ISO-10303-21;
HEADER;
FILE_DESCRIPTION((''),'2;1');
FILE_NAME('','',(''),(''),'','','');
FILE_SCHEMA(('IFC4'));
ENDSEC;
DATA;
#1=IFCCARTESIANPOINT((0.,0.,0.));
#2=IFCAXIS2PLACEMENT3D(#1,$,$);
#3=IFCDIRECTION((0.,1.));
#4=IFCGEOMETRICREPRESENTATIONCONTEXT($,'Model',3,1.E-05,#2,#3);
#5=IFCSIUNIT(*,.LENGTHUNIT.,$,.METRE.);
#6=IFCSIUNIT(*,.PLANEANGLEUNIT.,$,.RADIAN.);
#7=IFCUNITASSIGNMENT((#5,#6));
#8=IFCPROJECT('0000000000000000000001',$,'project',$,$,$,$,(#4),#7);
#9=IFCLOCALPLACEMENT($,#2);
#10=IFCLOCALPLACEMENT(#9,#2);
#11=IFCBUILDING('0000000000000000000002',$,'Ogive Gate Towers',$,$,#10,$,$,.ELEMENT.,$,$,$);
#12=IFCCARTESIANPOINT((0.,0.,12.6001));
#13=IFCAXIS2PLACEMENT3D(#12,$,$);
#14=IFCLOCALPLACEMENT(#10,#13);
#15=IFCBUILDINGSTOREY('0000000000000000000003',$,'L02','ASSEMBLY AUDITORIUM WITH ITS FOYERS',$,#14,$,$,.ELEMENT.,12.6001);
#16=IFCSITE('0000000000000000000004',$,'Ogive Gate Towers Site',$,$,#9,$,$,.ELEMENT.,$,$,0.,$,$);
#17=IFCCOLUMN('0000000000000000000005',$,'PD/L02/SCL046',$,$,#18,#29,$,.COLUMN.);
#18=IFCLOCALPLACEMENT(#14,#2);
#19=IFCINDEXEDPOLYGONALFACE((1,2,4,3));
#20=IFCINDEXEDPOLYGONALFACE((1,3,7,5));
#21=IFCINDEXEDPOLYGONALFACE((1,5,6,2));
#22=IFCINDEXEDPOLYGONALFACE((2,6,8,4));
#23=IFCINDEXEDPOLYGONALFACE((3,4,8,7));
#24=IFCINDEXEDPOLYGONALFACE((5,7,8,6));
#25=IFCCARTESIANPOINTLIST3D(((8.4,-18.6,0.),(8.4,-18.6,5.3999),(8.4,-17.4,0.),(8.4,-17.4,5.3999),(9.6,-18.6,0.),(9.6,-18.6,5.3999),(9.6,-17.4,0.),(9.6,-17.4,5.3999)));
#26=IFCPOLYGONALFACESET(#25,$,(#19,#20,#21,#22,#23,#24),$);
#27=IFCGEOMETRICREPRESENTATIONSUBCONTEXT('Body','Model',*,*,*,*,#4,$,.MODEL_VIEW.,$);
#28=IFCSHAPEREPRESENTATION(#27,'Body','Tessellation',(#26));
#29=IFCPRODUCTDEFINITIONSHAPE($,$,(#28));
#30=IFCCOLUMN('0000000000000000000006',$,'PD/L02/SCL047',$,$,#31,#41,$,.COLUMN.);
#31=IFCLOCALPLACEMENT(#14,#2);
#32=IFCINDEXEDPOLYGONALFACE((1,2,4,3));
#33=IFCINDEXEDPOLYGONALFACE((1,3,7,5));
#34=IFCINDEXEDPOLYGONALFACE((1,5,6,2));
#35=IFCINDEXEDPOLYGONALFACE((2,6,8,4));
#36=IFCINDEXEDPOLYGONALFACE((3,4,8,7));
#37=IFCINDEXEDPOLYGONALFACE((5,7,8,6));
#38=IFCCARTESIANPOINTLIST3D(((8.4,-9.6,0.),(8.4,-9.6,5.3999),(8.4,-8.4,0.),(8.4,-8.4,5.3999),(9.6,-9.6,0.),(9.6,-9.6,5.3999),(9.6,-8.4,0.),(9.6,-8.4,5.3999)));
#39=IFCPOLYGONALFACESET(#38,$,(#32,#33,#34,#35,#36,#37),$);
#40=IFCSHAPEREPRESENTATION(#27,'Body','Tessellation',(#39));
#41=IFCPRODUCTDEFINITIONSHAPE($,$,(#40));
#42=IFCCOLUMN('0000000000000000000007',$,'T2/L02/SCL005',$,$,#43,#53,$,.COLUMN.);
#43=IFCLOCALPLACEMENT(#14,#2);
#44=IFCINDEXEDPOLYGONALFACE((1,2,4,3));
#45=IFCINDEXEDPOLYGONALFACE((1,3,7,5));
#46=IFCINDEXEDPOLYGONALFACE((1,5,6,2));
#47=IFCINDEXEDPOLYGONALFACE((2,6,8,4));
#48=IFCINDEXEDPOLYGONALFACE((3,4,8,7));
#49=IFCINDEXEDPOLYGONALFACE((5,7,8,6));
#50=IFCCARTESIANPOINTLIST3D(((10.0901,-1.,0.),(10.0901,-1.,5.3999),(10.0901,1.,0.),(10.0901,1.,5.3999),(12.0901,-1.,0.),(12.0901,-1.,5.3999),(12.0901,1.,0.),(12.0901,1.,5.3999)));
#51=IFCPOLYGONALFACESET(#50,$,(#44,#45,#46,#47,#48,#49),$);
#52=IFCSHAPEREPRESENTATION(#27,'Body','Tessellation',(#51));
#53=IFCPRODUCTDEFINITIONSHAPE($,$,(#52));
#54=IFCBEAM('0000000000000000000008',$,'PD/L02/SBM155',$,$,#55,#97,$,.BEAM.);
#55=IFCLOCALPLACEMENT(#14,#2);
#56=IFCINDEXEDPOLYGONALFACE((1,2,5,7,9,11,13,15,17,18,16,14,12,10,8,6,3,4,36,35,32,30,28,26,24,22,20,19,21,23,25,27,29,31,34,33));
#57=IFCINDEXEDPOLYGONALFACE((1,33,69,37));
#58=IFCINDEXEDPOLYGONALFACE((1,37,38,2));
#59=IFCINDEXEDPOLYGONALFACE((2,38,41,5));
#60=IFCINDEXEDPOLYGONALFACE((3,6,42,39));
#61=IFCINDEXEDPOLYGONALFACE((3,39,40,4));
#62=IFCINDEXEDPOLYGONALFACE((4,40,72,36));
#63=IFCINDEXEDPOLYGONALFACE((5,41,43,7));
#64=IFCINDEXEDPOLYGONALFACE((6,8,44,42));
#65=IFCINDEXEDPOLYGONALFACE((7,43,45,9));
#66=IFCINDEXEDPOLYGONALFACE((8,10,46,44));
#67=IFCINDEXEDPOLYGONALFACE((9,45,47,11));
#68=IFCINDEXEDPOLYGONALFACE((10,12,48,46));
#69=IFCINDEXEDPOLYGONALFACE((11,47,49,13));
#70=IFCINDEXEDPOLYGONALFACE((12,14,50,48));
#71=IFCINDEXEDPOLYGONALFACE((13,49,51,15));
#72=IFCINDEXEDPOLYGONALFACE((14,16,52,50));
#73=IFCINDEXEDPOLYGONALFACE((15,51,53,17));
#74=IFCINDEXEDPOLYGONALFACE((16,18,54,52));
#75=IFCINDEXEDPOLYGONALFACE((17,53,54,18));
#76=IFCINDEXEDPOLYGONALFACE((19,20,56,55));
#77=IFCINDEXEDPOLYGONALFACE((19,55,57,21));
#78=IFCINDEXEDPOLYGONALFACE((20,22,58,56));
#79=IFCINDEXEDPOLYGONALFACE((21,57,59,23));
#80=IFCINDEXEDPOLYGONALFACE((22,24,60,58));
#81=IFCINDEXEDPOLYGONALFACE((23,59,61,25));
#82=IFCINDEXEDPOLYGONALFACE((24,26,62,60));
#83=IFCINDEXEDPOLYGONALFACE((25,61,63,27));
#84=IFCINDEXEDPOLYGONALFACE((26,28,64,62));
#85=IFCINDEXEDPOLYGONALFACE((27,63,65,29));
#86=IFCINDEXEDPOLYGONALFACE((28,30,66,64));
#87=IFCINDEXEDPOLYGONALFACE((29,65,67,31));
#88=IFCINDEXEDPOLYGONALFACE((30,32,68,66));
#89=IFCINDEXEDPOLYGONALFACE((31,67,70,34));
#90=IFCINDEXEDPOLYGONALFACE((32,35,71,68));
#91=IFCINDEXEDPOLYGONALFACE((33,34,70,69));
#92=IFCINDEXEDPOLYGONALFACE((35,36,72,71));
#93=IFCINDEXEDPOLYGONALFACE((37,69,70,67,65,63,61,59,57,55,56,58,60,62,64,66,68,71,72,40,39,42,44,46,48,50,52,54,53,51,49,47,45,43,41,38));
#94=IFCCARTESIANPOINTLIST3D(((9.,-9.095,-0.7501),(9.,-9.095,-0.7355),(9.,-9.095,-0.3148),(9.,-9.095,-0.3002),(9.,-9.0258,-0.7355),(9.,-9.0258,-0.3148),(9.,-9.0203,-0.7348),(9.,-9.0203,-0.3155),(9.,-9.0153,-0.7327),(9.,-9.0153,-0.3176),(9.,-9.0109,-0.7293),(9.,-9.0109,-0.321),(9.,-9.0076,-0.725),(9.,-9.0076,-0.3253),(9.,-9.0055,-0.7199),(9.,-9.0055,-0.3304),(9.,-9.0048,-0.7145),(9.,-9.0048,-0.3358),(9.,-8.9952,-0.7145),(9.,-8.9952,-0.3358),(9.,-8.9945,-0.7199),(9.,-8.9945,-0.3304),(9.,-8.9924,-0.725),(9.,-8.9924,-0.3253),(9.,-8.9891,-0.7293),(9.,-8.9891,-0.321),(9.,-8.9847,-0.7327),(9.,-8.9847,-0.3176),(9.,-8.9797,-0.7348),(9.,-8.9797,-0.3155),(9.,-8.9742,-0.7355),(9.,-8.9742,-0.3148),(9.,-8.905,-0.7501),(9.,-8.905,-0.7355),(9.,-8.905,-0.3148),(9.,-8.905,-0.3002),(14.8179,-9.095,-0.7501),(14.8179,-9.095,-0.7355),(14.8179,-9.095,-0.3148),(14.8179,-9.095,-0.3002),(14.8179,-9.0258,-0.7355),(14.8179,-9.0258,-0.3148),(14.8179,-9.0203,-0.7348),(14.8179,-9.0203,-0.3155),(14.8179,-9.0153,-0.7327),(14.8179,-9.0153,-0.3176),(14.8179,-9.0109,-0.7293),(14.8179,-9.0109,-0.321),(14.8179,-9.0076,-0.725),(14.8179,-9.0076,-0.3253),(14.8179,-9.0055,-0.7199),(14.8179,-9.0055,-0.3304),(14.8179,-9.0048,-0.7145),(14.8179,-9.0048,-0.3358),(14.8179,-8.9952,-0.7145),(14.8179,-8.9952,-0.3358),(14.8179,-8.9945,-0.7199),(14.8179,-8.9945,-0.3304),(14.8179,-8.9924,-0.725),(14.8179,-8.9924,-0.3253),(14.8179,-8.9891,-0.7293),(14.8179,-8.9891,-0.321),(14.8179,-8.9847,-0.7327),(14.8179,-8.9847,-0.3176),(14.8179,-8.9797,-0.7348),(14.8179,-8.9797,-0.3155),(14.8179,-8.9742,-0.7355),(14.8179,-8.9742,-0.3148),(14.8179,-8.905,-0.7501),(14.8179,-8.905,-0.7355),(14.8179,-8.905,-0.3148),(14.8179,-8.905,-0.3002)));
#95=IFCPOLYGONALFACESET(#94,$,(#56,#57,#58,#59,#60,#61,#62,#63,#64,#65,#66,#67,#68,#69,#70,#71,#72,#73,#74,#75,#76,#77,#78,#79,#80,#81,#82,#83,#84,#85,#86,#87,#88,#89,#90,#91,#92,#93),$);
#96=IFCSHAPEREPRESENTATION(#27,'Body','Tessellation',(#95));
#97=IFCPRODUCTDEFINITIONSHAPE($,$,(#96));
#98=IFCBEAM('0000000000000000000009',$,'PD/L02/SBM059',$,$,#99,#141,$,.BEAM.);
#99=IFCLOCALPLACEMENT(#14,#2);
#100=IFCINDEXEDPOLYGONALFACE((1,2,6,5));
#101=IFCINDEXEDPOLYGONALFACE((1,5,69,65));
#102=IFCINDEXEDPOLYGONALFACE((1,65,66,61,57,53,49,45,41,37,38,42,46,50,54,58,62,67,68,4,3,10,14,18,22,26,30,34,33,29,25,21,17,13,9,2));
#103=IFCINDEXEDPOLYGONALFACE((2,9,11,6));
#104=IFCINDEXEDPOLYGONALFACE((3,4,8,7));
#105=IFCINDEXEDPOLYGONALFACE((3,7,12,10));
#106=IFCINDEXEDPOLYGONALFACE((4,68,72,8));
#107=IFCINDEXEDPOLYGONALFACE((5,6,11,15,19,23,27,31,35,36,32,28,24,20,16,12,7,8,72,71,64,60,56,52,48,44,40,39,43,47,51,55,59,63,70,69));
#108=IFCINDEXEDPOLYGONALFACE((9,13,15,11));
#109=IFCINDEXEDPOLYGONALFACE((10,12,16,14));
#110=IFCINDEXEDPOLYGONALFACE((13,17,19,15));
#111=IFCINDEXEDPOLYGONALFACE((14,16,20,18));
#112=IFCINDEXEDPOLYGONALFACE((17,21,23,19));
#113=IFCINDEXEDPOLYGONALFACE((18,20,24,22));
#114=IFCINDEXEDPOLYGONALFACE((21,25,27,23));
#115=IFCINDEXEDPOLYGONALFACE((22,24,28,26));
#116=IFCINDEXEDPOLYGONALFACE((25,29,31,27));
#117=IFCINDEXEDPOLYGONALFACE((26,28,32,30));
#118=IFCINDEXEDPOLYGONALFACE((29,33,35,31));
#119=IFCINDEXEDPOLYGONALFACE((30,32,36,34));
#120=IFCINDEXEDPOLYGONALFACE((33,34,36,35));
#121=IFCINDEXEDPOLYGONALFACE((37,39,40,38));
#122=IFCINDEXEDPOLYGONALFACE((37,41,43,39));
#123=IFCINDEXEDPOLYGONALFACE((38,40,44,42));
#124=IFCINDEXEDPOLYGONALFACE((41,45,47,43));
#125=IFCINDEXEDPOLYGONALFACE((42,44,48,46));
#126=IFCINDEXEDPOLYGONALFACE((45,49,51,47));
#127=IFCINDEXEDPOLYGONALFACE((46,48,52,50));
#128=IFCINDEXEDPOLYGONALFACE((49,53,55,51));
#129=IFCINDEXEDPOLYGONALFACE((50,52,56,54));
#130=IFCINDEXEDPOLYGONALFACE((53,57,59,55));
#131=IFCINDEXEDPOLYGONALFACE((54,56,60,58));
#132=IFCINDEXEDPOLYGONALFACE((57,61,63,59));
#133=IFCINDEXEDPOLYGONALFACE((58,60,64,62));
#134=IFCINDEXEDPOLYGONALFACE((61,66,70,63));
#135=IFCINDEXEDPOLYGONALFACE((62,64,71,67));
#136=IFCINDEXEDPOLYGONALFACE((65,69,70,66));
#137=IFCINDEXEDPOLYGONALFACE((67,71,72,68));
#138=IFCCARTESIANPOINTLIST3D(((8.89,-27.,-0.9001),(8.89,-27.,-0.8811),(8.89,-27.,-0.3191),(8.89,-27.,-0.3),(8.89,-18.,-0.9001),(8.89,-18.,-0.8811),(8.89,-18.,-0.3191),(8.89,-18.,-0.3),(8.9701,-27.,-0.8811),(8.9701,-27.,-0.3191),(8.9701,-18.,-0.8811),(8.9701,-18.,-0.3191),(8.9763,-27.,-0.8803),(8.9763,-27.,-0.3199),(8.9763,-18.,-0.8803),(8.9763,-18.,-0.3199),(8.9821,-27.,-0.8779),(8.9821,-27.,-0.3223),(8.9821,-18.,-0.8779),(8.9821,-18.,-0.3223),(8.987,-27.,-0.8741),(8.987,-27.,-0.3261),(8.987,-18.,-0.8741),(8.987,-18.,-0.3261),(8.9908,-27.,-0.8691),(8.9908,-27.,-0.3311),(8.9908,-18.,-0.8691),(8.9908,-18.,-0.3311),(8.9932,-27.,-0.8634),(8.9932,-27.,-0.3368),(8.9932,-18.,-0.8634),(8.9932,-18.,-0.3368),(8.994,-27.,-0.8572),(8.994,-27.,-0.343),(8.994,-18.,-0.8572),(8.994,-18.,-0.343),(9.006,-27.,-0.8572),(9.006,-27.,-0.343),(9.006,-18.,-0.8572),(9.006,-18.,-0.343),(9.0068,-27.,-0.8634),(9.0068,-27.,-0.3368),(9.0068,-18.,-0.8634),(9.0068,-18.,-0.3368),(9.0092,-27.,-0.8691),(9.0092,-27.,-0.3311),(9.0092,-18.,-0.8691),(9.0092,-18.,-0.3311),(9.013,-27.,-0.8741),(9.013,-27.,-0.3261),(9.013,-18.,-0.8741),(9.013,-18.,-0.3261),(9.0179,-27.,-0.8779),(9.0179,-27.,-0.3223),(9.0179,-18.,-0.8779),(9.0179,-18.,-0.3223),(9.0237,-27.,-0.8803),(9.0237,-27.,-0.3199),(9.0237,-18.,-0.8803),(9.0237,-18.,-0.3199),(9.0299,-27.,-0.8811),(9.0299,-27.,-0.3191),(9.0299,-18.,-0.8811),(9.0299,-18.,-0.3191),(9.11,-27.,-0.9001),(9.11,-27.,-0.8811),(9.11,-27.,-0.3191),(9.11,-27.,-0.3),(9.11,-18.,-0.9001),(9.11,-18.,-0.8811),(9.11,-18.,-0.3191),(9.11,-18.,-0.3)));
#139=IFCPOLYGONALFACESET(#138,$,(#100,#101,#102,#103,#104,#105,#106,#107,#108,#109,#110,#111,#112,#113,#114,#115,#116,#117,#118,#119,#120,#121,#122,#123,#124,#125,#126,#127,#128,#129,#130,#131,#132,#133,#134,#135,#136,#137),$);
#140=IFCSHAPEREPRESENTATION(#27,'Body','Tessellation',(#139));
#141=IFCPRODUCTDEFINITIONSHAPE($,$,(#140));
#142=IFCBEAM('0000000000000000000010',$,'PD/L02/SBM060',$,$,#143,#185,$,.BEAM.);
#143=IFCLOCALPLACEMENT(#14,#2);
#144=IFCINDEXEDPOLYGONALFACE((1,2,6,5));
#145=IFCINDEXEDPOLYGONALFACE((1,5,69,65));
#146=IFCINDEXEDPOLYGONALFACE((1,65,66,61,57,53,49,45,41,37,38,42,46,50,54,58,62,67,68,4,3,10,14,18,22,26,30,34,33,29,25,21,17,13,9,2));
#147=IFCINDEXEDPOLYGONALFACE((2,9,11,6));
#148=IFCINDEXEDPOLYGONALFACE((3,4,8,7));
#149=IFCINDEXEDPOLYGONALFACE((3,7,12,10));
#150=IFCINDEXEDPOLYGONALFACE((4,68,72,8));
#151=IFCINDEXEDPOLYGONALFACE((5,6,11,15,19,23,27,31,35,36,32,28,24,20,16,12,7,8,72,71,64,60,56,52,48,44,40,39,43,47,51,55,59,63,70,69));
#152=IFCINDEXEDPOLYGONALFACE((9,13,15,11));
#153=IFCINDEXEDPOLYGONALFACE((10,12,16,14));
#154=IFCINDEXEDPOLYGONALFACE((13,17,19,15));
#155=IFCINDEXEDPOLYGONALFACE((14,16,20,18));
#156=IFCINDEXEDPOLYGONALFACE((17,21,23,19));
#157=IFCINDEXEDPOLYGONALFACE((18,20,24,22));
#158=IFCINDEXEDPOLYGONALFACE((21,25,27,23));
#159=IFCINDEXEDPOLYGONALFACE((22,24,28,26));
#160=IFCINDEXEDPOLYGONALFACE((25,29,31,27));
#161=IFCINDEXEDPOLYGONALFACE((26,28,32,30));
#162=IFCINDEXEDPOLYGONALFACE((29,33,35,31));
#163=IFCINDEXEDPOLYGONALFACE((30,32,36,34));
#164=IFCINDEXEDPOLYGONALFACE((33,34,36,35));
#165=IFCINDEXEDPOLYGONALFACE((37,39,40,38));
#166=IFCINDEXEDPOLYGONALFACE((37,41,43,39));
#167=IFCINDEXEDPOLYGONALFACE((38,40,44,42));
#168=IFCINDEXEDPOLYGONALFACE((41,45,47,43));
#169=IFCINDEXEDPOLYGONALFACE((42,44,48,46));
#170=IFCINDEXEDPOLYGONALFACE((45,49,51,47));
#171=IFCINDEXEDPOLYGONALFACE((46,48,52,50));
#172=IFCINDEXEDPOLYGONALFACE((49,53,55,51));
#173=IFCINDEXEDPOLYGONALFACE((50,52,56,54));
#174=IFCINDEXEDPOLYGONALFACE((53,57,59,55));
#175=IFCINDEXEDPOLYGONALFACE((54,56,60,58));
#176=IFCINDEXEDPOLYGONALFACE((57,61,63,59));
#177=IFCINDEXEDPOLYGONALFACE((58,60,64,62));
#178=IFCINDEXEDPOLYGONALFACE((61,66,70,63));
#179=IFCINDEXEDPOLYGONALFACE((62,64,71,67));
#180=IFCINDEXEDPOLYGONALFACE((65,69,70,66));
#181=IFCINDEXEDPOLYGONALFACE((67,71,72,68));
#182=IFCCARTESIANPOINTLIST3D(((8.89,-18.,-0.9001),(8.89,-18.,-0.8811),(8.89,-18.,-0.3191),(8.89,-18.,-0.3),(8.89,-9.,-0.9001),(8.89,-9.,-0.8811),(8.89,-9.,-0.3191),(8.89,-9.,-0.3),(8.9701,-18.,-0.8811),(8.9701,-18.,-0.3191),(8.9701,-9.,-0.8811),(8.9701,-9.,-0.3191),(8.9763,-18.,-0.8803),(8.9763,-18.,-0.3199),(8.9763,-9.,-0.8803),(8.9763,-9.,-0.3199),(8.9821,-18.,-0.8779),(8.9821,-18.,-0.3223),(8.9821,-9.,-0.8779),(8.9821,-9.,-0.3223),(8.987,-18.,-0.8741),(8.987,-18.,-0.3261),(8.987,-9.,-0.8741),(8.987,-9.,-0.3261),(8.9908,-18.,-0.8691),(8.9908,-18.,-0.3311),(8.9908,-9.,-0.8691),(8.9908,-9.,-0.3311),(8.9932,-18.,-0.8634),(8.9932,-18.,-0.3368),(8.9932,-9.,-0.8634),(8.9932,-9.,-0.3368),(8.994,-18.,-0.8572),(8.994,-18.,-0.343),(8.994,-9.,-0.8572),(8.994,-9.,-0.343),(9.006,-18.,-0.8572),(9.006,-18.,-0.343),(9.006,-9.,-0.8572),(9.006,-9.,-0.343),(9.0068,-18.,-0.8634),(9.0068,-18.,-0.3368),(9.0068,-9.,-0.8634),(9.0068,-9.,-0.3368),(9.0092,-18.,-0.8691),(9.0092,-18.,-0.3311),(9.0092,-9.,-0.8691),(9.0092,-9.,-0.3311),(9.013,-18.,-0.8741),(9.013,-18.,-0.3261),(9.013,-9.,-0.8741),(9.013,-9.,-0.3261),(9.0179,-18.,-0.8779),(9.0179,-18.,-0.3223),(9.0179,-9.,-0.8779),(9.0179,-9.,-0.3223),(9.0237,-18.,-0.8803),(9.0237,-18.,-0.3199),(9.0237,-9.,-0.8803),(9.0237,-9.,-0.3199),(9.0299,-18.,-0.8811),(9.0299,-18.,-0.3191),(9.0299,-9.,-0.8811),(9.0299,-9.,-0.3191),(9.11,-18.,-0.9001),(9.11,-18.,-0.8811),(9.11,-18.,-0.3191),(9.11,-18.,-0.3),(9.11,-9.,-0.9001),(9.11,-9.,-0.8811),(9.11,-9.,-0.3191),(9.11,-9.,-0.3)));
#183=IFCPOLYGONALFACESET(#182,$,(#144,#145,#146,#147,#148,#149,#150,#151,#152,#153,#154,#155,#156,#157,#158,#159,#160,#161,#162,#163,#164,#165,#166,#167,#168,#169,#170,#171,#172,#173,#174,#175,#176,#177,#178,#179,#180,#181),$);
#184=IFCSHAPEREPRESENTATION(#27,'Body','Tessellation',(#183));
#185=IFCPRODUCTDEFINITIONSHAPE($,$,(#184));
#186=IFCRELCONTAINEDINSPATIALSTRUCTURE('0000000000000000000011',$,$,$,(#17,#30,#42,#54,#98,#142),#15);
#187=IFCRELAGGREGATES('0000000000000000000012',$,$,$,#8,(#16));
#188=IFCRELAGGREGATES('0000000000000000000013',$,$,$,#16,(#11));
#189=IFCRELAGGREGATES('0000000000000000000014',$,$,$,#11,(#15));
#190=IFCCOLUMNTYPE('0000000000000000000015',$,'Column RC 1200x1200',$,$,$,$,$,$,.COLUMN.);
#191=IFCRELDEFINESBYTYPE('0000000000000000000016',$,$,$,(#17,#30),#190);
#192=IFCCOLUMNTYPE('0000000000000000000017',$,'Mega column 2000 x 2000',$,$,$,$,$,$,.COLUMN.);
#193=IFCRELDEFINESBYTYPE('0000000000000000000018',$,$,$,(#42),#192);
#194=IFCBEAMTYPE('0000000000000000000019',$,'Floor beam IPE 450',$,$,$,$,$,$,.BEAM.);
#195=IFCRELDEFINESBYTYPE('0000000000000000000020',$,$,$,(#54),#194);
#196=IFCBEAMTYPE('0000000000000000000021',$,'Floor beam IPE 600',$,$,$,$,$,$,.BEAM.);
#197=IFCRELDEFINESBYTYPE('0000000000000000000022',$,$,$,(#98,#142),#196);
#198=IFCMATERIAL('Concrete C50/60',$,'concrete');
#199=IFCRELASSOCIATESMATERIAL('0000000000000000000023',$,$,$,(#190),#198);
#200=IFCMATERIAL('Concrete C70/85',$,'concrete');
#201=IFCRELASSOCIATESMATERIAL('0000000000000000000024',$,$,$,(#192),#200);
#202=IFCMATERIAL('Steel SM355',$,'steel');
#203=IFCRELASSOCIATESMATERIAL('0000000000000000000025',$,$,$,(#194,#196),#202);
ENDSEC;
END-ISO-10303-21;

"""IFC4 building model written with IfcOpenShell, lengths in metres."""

from ifc_helpers import new_model, si_unit, direction, frame, origin, origin_2d, place, context, subcontext, project, spatial, rectangle, i_section, extrude, material, material_profile, profile_set, type_object, element, save


model = new_model("IFC4")

# Units and contexts
model_context = context("Model", 3, precision=1e-05, world=origin(), true_north=direction((0.0, 1.0)))
body_context = subcontext(model_context, "Body", "Model", "MODEL_VIEW")
ifc_project = project(units=[si_unit("LENGTHUNIT", "METRE"), si_unit("PLANEANGLEUNIT", "RADIAN")], contexts=[model_context])

# Site, building, storey
site_placement = place(None, origin())
site = spatial("IfcSite", under=ifc_project, at=site_placement, Name="Ogive Gate Towers Site", CompositionType="ELEMENT", RefElevation=0.0)
building_placement = place(site_placement, origin())
building = spatial("IfcBuilding", under=site, at=building_placement, Name="Ogive Gate Towers", CompositionType="ELEMENT")
storey_placement = place(building_placement, frame((0.0, 0.0, 12.6001)))
storey = spatial("IfcBuildingStorey", under=building, at=storey_placement, Name="L02", Description="ASSEMBLY AUDITORIUM WITH ITS FOYERS", CompositionType="ELEMENT", Elevation=12.6001)

# Columns
ifc_material_1 = material(Name="Concrete C50/60", Category="concrete")
ifc_material_profile_1 = material_profile(ifc_material_1, rectangle(XDim=1.2, YDim=1.2, at=origin_2d()), Name="RC 1200x1200")
ifc_profile_set_1 = profile_set([ifc_material_profile_1], Name="Concrete C50/60")
column_type_1 = type_object("IfcColumnType", Name="Column RC 1200x1200", PredefinedType="COLUMN", material=ifc_profile_set_1)
for number, where, z_axis, x_axis, name in (
    (1, (9.0, -18.0, 0.0), (0.0, 0.0, 1.0), (1.0, 0.0, 0.0), "PD/L02/SCL046"),
    (2, (9.0, -9.0, 0.0), (0.0, 0.0, 1.0), (1.0, 0.0, 0.0), "PD/L02/SCL047"),
):
    element("IfcColumn", number, at=place(storey_placement, frame(where, z_axis=z_axis, x_axis=x_axis)), inside=storey, type_object=column_type_1, Name=name, PredefinedType="COLUMN", context=body_context, shape_type="SweptSolid", body=[
        extrude(rectangle(XDim=1.2, YDim=1.2, at=origin_2d()), origin(), (0.0, 0.0, 1.0), 5.3999),
    ])
ifc_material_2 = material(Name="Concrete C70/85", Category="concrete")
ifc_material_profile_2 = material_profile(ifc_material_2, rectangle(XDim=2.0, YDim=2.0, at=origin_2d()), Name="RC 2000x2000")
ifc_profile_set_2 = profile_set([ifc_material_profile_2], Name="Concrete C70/85")
column_type_2 = type_object("IfcColumnType", Name="Mega column 2000 x 2000", PredefinedType="COLUMN", material=ifc_profile_set_2)
column_placement = place(storey_placement, frame((11.0901, 0.0, 0.0), z_axis=(0.0, 0.0, 1.0), x_axis=(-1.0, 0.0, 0.0)))
element("IfcColumn", 3, at=column_placement, inside=storey, type_object=column_type_2, Name="T2/L02/SCL005", PredefinedType="COLUMN", context=body_context, shape_type="SweptSolid", body=[
    extrude(rectangle(XDim=2.0, YDim=2.0, at=origin_2d()), origin(), (0.0, 0.0, 1.0), 5.3999),
])

# Beams
ifc_material_3 = material(Name="Steel SM355", Category="steel")
ifc_material_profile_3 = material_profile(ifc_material_3, i_section(OverallWidth=0.1899, OverallDepth=0.45, WebThickness=0.0095, FlangeThickness=0.0146, FilletRadius=0.021, at=origin_2d()), Name="IPE 450")
ifc_profile_set_3 = profile_set([ifc_material_profile_3], Name="Steel SM355")
beam_type_1 = type_object("IfcBeamType", Name="Floor beam IPE 450", PredefinedType="BEAM", material=ifc_profile_set_3)
beam_1_placement = place(storey_placement, frame((9.0, -9.0, -0.5251), z_axis=(1.0, 0.0, 0.0), x_axis=(0.0, 1.0, 0.0)))
element("IfcBeam", 4, at=beam_1_placement, inside=storey, type_object=beam_type_1, Name="PD/L02/SBM155", PredefinedType="BEAM", context=body_context, shape_type="SweptSolid", body=[
    extrude(i_section(OverallWidth=0.1899, OverallDepth=0.45, WebThickness=0.0095, FlangeThickness=0.0146, FilletRadius=0.021, at=origin_2d()), origin(), (0.0, 0.0, 1.0), 5.8179),
])
ifc_material_profile_4 = material_profile(ifc_material_3, i_section(OverallWidth=0.22, OverallDepth=0.6001, WebThickness=0.012, FlangeThickness=0.019, FilletRadius=0.0239, at=origin_2d()), Name="IPE 600")
ifc_profile_set_4 = profile_set([ifc_material_profile_4], Name="Steel SM355")
beam_type_2 = type_object("IfcBeamType", Name="Floor beam IPE 600", PredefinedType="BEAM", material=ifc_profile_set_4)
for number, where, z_axis, x_axis, name in (
    (5, (9.0, -27.0, -0.6001), (0.0, 1.0, 0.0), (-1.0, 0.0, 0.0), "PD/L02/SBM059"),
    (6, (9.0, -18.0, -0.6001), (0.0, 1.0, 0.0), (-1.0, 0.0, 0.0), "PD/L02/SBM060"),
):
    element("IfcBeam", number, at=place(storey_placement, frame(where, z_axis=z_axis, x_axis=x_axis)), inside=storey, type_object=beam_type_2, Name=name, PredefinedType="BEAM", context=body_context, shape_type="SweptSolid", body=[
        extrude(i_section(OverallWidth=0.22, OverallDepth=0.6001, WebThickness=0.012, FlangeThickness=0.019, FilletRadius=0.0239, at=origin_2d()), origin(), (0.0, 0.0, 1.0), 9.0),
    ])

save(model, "model.ifc")
